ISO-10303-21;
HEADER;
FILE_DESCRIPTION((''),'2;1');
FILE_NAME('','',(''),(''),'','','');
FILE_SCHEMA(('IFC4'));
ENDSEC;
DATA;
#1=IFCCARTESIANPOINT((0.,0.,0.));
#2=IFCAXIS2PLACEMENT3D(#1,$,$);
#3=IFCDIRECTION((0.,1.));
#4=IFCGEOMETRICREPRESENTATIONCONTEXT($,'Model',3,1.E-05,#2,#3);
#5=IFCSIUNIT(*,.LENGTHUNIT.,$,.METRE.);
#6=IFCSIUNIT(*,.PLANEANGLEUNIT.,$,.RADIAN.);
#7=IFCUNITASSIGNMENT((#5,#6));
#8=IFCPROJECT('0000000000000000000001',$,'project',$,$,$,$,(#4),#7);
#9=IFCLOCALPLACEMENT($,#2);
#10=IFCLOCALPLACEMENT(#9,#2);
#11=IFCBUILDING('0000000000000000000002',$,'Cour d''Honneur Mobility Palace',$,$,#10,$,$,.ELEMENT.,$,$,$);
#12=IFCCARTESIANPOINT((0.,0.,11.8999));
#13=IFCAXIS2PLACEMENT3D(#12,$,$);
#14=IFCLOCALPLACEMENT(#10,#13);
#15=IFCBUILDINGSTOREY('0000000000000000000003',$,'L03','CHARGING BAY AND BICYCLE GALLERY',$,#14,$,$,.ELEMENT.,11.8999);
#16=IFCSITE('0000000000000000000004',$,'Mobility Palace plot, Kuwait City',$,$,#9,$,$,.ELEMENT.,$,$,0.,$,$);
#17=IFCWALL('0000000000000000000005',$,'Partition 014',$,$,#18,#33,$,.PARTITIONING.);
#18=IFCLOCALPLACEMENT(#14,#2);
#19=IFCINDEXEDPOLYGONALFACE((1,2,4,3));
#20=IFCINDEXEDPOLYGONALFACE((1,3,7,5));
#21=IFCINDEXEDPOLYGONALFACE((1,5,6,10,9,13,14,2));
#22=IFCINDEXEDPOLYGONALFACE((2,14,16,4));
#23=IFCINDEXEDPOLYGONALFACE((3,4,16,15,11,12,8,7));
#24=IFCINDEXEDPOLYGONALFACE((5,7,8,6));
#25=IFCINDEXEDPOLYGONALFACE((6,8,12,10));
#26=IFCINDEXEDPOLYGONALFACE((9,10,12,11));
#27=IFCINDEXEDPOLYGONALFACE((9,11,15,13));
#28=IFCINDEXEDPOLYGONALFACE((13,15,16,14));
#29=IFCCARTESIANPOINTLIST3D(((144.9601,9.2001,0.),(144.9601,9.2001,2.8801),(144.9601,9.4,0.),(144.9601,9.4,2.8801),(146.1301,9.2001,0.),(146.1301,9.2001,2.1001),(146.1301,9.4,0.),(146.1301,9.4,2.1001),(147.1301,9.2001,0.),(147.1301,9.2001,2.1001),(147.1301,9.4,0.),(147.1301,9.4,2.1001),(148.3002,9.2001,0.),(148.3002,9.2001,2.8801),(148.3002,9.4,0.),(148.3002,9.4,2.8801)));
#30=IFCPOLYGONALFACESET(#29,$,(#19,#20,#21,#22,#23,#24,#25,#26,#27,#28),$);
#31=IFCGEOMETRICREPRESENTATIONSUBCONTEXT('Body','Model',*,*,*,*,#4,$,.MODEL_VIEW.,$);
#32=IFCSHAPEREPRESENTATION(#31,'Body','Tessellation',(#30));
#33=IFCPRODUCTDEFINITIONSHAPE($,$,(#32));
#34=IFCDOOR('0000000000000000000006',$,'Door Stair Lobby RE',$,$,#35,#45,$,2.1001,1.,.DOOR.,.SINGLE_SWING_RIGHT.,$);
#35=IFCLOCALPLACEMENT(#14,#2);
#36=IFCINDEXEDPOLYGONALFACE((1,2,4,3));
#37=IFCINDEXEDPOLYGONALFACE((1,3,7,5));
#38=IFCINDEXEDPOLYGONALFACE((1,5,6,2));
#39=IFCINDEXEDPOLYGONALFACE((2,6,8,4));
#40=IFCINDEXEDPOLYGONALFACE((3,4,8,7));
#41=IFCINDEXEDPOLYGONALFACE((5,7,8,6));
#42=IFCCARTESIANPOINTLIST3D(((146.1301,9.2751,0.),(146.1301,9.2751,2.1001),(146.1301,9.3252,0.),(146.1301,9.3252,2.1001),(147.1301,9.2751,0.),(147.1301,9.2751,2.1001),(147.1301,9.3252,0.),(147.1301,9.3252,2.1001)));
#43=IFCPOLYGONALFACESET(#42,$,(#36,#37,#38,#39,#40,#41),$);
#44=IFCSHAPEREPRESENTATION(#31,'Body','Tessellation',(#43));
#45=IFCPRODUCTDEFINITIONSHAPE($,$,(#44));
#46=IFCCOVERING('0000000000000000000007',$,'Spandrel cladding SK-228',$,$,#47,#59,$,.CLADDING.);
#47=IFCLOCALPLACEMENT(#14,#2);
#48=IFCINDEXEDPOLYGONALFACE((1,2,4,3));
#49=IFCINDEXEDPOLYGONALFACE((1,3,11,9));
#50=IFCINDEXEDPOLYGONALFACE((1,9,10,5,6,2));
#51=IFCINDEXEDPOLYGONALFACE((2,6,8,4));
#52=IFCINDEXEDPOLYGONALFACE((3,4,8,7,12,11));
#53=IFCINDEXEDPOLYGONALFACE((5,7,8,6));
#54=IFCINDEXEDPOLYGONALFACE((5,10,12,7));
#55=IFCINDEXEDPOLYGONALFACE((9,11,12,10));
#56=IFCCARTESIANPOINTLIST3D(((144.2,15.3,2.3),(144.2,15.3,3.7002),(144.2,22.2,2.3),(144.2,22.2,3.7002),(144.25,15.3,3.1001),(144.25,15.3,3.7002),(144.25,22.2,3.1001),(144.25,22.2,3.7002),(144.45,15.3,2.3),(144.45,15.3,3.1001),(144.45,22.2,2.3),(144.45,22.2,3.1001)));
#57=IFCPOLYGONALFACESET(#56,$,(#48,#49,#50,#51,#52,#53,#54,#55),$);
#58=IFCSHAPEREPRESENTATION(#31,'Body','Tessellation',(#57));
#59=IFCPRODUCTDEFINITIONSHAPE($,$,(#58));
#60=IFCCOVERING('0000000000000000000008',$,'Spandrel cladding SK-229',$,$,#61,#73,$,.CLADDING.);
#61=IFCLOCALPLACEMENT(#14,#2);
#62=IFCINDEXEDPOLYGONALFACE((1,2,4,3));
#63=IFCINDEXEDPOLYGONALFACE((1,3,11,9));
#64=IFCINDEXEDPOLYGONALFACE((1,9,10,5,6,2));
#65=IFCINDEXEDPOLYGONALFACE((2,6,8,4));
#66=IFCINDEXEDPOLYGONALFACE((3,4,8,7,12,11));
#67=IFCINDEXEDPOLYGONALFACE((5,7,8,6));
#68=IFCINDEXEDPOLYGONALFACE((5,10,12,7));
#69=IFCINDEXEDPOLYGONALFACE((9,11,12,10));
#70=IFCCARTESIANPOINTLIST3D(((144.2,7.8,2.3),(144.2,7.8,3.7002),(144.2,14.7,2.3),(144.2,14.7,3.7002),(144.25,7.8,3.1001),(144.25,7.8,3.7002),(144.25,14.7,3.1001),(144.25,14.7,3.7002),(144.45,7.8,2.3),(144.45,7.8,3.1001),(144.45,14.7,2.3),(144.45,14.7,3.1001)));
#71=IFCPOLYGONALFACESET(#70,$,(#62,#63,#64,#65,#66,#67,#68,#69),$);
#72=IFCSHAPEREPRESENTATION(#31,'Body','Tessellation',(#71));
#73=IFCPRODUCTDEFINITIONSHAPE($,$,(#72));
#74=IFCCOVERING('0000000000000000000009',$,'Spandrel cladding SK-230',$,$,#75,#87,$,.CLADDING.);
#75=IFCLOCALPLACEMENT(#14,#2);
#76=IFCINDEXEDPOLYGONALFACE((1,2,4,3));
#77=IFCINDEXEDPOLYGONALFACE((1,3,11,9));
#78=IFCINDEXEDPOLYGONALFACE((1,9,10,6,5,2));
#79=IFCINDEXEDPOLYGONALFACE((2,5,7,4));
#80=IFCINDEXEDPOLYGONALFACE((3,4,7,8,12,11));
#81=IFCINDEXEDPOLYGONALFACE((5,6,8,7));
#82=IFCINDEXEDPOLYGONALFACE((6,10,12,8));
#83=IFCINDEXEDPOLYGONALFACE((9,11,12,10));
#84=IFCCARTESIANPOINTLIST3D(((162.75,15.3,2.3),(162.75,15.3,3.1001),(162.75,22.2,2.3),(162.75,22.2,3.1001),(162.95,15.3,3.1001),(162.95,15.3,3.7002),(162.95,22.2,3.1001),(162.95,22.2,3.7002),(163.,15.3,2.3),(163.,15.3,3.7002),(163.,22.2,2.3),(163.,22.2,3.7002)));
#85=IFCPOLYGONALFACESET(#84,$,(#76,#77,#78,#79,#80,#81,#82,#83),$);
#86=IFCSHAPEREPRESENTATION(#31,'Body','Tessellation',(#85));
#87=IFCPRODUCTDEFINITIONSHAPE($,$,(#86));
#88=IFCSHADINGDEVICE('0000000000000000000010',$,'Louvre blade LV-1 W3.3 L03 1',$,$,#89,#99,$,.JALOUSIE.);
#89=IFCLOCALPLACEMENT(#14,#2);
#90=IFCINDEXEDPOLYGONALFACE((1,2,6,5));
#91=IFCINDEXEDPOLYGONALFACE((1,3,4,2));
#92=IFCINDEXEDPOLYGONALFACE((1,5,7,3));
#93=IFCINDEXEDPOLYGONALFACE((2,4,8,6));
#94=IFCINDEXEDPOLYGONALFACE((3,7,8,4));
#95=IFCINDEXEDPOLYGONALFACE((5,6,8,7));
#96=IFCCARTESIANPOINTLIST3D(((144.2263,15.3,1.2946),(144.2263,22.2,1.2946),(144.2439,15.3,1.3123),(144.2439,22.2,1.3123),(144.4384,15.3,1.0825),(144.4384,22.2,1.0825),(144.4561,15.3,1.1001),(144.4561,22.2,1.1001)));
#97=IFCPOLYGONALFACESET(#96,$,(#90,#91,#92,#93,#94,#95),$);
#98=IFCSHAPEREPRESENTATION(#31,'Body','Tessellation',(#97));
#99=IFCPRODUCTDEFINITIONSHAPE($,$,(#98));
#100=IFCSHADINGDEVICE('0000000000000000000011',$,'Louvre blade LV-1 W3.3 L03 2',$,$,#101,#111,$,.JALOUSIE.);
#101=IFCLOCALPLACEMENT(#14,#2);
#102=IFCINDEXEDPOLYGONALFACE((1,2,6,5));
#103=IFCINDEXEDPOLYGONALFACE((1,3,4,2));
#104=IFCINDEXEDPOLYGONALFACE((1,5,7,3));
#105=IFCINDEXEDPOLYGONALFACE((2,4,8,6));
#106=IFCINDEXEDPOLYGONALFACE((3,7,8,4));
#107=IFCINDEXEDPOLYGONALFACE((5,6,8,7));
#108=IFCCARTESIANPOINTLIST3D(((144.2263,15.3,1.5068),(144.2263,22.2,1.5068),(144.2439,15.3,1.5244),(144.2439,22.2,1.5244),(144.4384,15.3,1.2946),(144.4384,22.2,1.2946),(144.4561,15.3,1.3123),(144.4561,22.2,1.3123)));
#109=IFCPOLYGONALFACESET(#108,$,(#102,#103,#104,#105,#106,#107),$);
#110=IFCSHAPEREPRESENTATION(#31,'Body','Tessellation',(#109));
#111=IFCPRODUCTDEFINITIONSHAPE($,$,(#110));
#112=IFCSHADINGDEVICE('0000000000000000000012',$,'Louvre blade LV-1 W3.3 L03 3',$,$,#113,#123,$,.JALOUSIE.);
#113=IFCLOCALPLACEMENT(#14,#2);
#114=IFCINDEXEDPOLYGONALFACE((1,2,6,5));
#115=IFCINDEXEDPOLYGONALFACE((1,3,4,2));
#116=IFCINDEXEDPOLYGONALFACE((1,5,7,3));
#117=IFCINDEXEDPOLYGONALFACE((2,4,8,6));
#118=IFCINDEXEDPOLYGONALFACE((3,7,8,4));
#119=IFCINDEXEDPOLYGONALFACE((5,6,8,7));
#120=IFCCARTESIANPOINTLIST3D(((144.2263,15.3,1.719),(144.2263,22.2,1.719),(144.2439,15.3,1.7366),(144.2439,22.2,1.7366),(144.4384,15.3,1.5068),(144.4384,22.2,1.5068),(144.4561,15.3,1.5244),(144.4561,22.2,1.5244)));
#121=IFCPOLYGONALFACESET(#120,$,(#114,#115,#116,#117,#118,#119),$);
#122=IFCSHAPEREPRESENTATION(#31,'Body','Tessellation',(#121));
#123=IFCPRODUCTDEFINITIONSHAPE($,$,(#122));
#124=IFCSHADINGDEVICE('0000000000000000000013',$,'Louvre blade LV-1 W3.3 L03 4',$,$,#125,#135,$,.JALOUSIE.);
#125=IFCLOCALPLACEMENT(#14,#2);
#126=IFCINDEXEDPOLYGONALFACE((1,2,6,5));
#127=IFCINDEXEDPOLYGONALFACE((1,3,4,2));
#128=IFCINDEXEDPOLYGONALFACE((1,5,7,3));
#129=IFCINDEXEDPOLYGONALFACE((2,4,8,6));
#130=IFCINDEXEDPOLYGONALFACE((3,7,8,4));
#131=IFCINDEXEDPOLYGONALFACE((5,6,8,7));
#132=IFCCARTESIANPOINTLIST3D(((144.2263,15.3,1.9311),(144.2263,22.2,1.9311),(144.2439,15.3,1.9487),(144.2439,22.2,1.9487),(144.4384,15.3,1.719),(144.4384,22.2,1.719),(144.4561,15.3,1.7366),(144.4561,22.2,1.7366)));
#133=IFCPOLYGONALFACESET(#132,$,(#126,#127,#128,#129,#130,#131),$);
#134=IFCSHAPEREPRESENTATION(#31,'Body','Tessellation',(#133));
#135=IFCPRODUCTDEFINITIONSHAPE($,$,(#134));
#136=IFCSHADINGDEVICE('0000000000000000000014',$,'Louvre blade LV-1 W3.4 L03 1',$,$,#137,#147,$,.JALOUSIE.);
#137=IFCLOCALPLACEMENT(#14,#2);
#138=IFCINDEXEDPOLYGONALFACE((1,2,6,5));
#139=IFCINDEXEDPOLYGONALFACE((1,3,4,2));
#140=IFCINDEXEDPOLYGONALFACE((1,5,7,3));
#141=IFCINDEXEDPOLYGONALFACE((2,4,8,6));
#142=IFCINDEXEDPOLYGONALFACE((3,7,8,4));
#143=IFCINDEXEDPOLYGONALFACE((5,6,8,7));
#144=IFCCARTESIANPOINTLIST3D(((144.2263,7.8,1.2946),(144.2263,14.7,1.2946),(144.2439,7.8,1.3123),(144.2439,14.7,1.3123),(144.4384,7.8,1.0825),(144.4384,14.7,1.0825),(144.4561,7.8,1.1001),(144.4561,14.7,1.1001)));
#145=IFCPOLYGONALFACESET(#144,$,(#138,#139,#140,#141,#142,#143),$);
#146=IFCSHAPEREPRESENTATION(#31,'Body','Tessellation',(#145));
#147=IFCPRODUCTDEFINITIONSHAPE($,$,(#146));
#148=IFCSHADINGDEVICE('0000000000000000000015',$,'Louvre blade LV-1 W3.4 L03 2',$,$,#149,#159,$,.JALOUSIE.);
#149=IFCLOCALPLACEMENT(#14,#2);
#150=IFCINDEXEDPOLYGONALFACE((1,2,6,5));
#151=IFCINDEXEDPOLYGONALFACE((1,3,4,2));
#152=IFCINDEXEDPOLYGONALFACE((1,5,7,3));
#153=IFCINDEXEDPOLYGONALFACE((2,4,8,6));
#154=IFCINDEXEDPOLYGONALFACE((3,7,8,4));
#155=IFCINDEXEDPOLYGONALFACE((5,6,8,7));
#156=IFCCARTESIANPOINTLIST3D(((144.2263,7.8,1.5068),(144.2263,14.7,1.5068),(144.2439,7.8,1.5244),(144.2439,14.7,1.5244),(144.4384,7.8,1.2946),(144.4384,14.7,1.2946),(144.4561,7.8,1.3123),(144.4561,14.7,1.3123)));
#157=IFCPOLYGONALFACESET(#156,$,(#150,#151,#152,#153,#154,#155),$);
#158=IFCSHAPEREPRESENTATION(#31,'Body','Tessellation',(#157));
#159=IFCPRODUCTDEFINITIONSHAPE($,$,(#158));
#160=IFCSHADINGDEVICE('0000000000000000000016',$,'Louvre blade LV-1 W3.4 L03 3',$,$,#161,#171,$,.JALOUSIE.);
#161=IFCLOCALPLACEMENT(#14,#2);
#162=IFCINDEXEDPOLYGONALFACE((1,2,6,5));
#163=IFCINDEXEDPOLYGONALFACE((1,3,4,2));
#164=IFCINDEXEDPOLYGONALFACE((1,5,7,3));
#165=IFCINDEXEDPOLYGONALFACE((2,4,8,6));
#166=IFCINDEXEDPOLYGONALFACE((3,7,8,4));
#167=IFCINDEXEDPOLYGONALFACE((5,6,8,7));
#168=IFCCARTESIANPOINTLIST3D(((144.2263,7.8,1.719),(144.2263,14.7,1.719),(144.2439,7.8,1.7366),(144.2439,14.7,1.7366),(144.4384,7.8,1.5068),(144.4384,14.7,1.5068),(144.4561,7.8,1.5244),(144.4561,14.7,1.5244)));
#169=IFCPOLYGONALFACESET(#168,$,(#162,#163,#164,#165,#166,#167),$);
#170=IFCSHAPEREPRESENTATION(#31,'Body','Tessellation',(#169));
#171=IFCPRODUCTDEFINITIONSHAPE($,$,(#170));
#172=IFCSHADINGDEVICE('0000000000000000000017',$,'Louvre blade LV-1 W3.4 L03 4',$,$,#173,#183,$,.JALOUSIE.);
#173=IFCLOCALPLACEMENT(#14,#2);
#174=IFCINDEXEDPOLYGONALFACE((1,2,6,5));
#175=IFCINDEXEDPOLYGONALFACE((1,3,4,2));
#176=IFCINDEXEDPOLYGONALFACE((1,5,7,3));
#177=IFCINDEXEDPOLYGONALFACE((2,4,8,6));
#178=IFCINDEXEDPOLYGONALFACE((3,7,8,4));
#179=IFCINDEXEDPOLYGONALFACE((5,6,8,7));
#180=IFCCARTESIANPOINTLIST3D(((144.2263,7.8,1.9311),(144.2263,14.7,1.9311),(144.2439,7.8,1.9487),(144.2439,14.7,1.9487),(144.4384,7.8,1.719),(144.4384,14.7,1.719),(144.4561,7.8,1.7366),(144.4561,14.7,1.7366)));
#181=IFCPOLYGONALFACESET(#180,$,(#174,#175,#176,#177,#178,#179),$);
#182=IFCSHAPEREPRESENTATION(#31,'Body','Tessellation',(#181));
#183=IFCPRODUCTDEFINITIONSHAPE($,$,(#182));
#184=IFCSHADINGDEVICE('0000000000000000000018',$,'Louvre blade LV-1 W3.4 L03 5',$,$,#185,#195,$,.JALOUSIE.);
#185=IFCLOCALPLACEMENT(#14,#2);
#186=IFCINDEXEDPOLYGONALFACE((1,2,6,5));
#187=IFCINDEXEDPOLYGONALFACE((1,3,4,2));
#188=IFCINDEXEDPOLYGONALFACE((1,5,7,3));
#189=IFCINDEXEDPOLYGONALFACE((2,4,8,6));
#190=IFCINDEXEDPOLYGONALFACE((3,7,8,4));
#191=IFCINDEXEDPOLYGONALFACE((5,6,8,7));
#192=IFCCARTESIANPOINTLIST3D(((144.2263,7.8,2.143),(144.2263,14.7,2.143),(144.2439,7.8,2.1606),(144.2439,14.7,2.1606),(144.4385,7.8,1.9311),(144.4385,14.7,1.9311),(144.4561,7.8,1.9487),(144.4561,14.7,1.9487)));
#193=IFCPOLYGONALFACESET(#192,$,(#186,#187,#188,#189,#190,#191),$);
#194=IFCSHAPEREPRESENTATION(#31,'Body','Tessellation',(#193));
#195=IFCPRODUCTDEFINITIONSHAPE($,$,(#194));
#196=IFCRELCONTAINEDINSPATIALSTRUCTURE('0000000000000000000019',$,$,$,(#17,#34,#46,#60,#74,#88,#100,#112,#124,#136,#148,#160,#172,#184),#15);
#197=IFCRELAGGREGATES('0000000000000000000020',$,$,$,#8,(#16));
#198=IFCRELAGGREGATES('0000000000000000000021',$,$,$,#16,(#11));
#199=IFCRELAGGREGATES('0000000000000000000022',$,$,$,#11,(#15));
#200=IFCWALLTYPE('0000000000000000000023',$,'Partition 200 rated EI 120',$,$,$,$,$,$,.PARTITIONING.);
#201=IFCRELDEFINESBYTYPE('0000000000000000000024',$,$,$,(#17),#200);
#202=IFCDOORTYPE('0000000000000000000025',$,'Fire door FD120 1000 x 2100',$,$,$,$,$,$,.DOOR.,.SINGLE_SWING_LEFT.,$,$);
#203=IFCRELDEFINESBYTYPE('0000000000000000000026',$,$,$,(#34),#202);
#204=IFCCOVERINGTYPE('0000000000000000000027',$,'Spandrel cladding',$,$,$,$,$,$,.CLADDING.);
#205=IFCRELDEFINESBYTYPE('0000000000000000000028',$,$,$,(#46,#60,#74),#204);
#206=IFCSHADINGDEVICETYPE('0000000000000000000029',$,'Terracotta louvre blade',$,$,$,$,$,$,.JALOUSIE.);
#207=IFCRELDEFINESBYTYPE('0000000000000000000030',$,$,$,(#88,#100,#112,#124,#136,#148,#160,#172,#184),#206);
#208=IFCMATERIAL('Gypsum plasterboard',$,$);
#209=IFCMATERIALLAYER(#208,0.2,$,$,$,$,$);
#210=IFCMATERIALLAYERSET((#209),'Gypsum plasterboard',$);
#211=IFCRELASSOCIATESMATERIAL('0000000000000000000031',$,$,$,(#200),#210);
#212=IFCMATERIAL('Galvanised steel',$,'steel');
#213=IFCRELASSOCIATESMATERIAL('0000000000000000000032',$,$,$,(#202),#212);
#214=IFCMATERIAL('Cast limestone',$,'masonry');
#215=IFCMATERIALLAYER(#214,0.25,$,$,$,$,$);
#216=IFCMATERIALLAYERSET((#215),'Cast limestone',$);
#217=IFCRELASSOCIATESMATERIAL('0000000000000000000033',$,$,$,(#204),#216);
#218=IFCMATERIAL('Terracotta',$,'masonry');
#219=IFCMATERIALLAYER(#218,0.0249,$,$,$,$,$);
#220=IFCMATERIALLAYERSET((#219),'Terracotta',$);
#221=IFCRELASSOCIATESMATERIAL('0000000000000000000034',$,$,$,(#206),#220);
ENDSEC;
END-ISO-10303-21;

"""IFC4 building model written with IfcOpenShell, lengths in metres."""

from ifc_helpers import new_model, si_unit, direction, frame, frame_2d, origin, place, context, subcontext, project, spatial, polyline, rectangle, outline, extrude, material, layer, layer_set, type_object, element, fill, save


model = new_model("IFC4")

# Units and contexts
model_context = context("Model", 3, precision=1e-05, world=origin(), true_north=direction((0.0, 1.0)))
body_context = subcontext(model_context, "Body", "Model", "MODEL_VIEW")
ifc_project = project(units=[si_unit("LENGTHUNIT", "METRE"), si_unit("PLANEANGLEUNIT", "RADIAN")], contexts=[model_context])

# Site, building, storey
site_placement = place(None, origin())
site = spatial("IfcSite", under=ifc_project, at=site_placement, Name="Mobility Palace plot, Kuwait City", CompositionType="ELEMENT", RefElevation=0.0)
building_placement = place(site_placement, origin())
building = spatial("IfcBuilding", under=site, at=building_placement, Name="Cour d'Honneur Mobility Palace", CompositionType="ELEMENT")
storey_placement = place(building_placement, frame((0.0, 0.0, 11.8999)))
storey = spatial("IfcBuildingStorey", under=building, at=storey_placement, Name="L03", Description="CHARGING BAY AND BICYCLE GALLERY", CompositionType="ELEMENT", Elevation=11.8999)

# Wall, opening, door
ifc_material_1 = material(Name="Gypsum plasterboard")
ifc_layer_1 = layer(ifc_material_1, 0.2)
ifc_layer_set_1 = layer_set([ifc_layer_1], Name="Gypsum plasterboard")
wall_type_1 = type_object("IfcWallType", Name="Partition 200 rated EI 120", PredefinedType="PARTITIONING", material=ifc_layer_set_1)
wall_1_placement = place(storey_placement, frame((148.3, 9.3, 0.0), z_axis=(0.0, 0.0, 1.0), x_axis=(-1.0, 0.0, 0.0)))
wall_1 = element("IfcWall", 1, at=wall_1_placement, inside=storey, type_object=wall_type_1, Name="Partition 014", PredefinedType="PARTITIONING", context=body_context, shape_type="SweptSolid", body=[
    extrude(rectangle(XDim=3.3401, YDim=0.2, at=frame_2d((1.6699, 0.0))), origin(), (0.0, 0.0, 1.0), 2.8801),
])
opening_1_placement = place(wall_1_placement, frame((1.1699, 0.0, 0.0)))
opening_1 = element("IfcOpeningElement", 2, at=opening_1_placement, cuts=wall_1, PredefinedType="OPENING", context=body_context, shape_type="SweptSolid", body=[
    extrude(rectangle(XDim=1.0, YDim=2.1001, at=frame_2d((0.5, 1.05))), frame((0.0, 0.1099, 0.0), z_axis=(0.0, -1.0, 0.0), x_axis=(1.0, 0.0, 0.0)), (0.0, 0.0, 1.0), 0.22),
])
ifc_material_2 = material(Name="Galvanised steel", Category="steel")
door_type_1 = type_object("IfcDoorType", Name="Fire door FD120 1000 x 2100", OperationType="SINGLE_SWING_LEFT", PredefinedType="DOOR", material=ifc_material_2)
door_1_placement = place(opening_1_placement, origin())
door_1 = element("IfcDoor", 3, at=door_1_placement, inside=storey, type_object=door_type_1, Name="Door Stair Lobby RE", OperationType="SINGLE_SWING_RIGHT", OverallHeight=2.1001, OverallWidth=1.0, PredefinedType="DOOR", context=body_context, shape_type="SweptSolid", body=[
    extrude(rectangle(XDim=1.0, YDim=2.1001, at=frame_2d((0.5, 1.05))), frame((0.0, 0.0249, 0.0), z_axis=(0.0, -1.0, 0.0), x_axis=(1.0, 0.0, 0.0)), (0.0, 0.0, 1.0), 0.05),
])
fill(opening_1, door_1)

# Coverings
ifc_material_3 = material(Name="Cast limestone", Category="masonry")
ifc_layer_2 = layer(ifc_material_3, 0.25)
ifc_layer_set_2 = layer_set([ifc_layer_2], Name="Cast limestone")
covering_type = type_object("IfcCoveringType", Name="Spandrel cladding", PredefinedType="CLADDING", material=ifc_layer_set_2)
for number, where, z_axis, x_axis, name in (
    (4, (144.45, 22.2, 2.3), (0.0, 1.0, 0.0), (-1.0, 0.0, 0.0), "Spandrel cladding SK-228"),
    (5, (144.45, 14.7, 2.3), (0.0, 1.0, 0.0), (-1.0, 0.0, 0.0), "Spandrel cladding SK-229"),
    (6, (162.75, 15.3, 2.3), (0.0, -1.0, 0.0), (1.0, 0.0, 0.0), "Spandrel cladding SK-230"),
):
    element("IfcCovering", number, at=place(storey_placement, frame(where, z_axis=z_axis, x_axis=x_axis)), inside=storey, type_object=covering_type, Name=name, PredefinedType="CLADDING", context=body_context, shape_type="SweptSolid", body=[
        extrude(outline(polyline([(0.0, 0.0), (0.25, 0.0), (0.25, 1.4001), (0.2, 1.4001), (0.2, 0.8), (0.0, 0.8), (0.0, 0.0)])), origin(), (0.0, 0.0, -1.0), 6.8999),
    ])

# Shading devices
ifc_material_4 = material(Name="Terracotta", Category="masonry")
ifc_layer_3 = layer(ifc_material_4, 0.0249)
ifc_layer_set_3 = layer_set([ifc_layer_3], Name="Terracotta")
shading_device_type = type_object("IfcShadingDeviceType", Name="Terracotta louvre blade", PredefinedType="JALOUSIE", material=ifc_layer_set_3)
for number, where, z_axis, x_axis, name in (
    (7, (144.4561, 22.2, 1.1001), (0.707107, 0.0, 0.707107), (0.0, -1.0, 0.0), "Louvre blade LV-1 W3.3 L03 1"),
    (8, (144.4561, 22.2, 1.3123), (0.707107, 0.0, 0.707107), (0.0, -1.0, 0.0), "Louvre blade LV-1 W3.3 L03 2"),
    (9, (144.4561, 22.2, 1.5244), (0.707107, 0.0, 0.707107), (0.0, -1.0, 0.0), "Louvre blade LV-1 W3.3 L03 3"),
    (10, (144.4561, 22.2, 1.7366), (0.707107, 0.0, 0.707107), (0.0, -1.0, 0.0), "Louvre blade LV-1 W3.3 L03 4"),
    (11, (144.4561, 14.7, 1.1001), (0.707107, 0.0, 0.707107), (0.0, -1.0, 0.0), "Louvre blade LV-1 W3.4 L03 1"),
    (12, (144.4561, 14.7, 1.3123), (0.707107, 0.0, 0.707107), (0.0, -1.0, 0.0), "Louvre blade LV-1 W3.4 L03 2"),
    (13, (144.4561, 14.7, 1.5244), (0.707107, 0.0, 0.707107), (0.0, -1.0, 0.0), "Louvre blade LV-1 W3.4 L03 3"),
    (14, (144.4561, 14.7, 1.7366), (0.707107, 0.0, 0.707107), (0.0, -1.0, 0.0), "Louvre blade LV-1 W3.4 L03 4"),
):
    element("IfcShadingDevice", number, at=place(storey_placement, frame(where, z_axis=z_axis, x_axis=x_axis)), inside=storey, type_object=shading_device_type, Name=name, PredefinedType="JALOUSIE", context=body_context, shape_type="SweptSolid", body=[
        extrude(outline(polyline([(0.0, 0.0), (6.8999, 0.0), (6.8999, -0.3), (0.0, -0.3), (0.0, 0.0)])), origin(), (0.0, 0.0, -1.0), 0.0249),
    ])
shading_device_placement = place(storey_placement, frame((144.4561, 14.7, 1.9487), z_axis=(0.7067, 0.0, 0.707514), x_axis=(0.0, -1.0, 0.0)))
element("IfcShadingDevice", 15, at=shading_device_placement, inside=storey, type_object=shading_device_type, Name="Louvre blade LV-1 W3.4 L03 5", PredefinedType="JALOUSIE", context=body_context, shape_type="SweptSolid", body=[
    extrude(outline(polyline([(0.0, 0.0), (6.8999, 0.0), (6.8999, -0.2999), (0.0, -0.2999), (0.0, 0.0)])), origin(), (0.0, 0.0, -1.0), 0.0249),
])

save(model, "model.ifc")
